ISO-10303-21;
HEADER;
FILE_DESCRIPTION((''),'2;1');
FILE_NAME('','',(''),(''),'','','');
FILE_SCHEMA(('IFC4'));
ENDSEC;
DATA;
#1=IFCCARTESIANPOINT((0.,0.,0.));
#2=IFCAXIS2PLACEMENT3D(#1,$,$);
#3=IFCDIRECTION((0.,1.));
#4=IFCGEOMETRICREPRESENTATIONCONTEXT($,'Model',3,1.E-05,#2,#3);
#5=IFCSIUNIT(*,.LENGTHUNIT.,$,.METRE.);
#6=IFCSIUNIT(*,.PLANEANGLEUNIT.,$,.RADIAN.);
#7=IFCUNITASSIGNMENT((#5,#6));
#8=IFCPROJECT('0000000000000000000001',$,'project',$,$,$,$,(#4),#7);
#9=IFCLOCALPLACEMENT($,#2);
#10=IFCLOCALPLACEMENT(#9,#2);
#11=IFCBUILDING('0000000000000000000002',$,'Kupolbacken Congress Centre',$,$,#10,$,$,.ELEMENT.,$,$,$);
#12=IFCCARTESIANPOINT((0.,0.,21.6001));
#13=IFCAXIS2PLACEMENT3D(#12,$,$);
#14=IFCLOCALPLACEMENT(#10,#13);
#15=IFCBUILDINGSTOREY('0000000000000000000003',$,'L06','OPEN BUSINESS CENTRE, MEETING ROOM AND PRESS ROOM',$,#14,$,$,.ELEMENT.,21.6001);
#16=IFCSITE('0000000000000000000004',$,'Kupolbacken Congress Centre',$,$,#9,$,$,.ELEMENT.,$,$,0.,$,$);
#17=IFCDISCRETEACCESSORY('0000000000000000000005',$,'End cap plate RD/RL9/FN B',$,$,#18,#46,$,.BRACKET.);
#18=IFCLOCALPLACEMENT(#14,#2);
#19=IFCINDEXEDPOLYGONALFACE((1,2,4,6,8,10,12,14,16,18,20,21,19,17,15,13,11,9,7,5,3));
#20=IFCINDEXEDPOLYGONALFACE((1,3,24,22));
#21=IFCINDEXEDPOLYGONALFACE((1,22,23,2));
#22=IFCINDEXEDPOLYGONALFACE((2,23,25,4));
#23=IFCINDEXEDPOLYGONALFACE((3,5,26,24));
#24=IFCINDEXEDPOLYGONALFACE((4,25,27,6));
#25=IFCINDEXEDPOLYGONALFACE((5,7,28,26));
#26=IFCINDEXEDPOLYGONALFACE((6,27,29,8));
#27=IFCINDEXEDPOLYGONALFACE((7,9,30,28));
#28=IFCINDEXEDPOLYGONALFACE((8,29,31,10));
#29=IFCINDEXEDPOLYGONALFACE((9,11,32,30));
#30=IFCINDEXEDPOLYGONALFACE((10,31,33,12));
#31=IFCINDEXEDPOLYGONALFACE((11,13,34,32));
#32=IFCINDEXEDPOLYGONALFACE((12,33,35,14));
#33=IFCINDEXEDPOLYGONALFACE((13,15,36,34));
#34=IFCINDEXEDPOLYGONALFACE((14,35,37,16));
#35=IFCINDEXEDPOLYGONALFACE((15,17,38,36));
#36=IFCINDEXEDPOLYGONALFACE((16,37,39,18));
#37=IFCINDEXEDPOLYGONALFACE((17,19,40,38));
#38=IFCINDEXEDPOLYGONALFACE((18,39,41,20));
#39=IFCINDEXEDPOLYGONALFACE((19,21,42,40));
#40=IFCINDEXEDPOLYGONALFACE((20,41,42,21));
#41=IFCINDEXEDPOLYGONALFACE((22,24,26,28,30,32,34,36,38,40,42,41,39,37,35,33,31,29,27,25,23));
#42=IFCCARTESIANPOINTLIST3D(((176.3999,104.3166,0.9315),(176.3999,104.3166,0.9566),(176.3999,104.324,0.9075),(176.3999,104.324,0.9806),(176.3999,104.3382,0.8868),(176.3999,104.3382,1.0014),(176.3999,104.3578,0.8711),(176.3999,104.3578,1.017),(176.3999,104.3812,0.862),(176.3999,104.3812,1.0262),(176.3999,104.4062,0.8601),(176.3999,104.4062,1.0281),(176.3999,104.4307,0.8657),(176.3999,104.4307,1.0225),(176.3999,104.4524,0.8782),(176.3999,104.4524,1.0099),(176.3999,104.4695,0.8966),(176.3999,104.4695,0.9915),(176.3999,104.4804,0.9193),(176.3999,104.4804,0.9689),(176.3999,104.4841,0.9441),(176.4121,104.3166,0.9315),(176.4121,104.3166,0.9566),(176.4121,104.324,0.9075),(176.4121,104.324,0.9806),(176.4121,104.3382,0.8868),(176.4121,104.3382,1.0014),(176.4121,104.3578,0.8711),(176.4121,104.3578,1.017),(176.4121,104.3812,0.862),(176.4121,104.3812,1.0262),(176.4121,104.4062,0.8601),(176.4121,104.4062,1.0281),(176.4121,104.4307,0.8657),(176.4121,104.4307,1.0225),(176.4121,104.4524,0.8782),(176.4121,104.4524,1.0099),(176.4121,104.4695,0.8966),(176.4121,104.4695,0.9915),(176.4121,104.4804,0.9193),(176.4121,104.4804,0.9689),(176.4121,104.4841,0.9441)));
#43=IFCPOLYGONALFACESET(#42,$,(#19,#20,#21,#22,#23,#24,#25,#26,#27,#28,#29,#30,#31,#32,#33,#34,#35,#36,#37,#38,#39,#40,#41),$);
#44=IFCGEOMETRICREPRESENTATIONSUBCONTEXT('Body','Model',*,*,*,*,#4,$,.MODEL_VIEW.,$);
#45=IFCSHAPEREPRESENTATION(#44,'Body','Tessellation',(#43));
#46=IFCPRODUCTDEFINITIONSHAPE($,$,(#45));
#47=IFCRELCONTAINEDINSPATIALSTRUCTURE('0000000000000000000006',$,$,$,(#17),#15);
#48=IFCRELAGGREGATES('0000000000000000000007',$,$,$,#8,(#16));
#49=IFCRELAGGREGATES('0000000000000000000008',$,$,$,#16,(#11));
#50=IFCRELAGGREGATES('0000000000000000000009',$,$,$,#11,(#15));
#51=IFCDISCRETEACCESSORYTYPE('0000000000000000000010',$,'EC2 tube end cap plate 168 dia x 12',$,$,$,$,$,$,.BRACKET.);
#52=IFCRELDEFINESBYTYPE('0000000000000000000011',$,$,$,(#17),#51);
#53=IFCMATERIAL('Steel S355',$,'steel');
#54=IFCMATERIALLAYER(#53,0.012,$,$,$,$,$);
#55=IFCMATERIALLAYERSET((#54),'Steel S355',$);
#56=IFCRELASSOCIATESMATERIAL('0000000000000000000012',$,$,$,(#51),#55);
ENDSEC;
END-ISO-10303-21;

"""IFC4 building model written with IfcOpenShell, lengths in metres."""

from ifc_helpers import new_model, si_unit, direction, frame, origin, origin_2d, place, context, subcontext, project, spatial, circle, extrude, material, layer, layer_set, type_object, element, save


model = new_model("IFC4")

# Units and contexts
model_context = context("Model", 3, precision=1e-05, world=origin(), true_north=direction((0.0, 1.0)))
body_context = subcontext(model_context, "Body", "Model", "MODEL_VIEW")
ifc_project = project(units=[si_unit("LENGTHUNIT", "METRE"), si_unit("PLANEANGLEUNIT", "RADIAN")], contexts=[model_context])

# Site, building, storey
site_placement = place(None, origin())
site = spatial("IfcSite", under=ifc_project, at=site_placement, Name="Kupolbacken Congress Centre", CompositionType="ELEMENT", RefElevation=0.0)
building_placement = place(site_placement, origin())
building = spatial("IfcBuilding", under=site, at=building_placement, Name="Kupolbacken Congress Centre", CompositionType="ELEMENT")
storey_placement = place(building_placement, frame((0.0, 0.0, 21.6001)))
storey = spatial("IfcBuildingStorey", under=building, at=storey_placement, Name="L06", Description="OPEN BUSINESS CENTRE, MEETING ROOM AND PRESS ROOM", CompositionType="ELEMENT", Elevation=21.6001)

# Discrete accessory
ifc_material_1 = material(Name="Steel S355", Category="steel")
ifc_layer_1 = layer(ifc_material_1, 0.012)
ifc_layer_set_1 = layer_set([ifc_layer_1], Name="Steel S355")
discrete_accessory_type = type_object("IfcDiscreteAccessoryType", Name="EC2 tube end cap plate 168 dia x 12", PredefinedType="BRACKET", material=ifc_layer_set_1)
discrete_accessory_placement = place(storey_placement, frame((176.3999, 104.3999, 0.9441), z_axis=(1.0, 0.0, 0.0), x_axis=(0.0, 1.0, 0.0)))
element("IfcDiscreteAccessory", 1, at=discrete_accessory_placement, inside=storey, type_object=discrete_accessory_type, Name="End cap plate RD/RL9/FN B", PredefinedType="BRACKET", context=body_context, shape_type="SweptSolid", body=[
    extrude(circle(Radius=0.0842, at=origin_2d()), origin(), (0.0, 0.0, 1.0), 0.0122),
])

save(model, "model.ifc")
